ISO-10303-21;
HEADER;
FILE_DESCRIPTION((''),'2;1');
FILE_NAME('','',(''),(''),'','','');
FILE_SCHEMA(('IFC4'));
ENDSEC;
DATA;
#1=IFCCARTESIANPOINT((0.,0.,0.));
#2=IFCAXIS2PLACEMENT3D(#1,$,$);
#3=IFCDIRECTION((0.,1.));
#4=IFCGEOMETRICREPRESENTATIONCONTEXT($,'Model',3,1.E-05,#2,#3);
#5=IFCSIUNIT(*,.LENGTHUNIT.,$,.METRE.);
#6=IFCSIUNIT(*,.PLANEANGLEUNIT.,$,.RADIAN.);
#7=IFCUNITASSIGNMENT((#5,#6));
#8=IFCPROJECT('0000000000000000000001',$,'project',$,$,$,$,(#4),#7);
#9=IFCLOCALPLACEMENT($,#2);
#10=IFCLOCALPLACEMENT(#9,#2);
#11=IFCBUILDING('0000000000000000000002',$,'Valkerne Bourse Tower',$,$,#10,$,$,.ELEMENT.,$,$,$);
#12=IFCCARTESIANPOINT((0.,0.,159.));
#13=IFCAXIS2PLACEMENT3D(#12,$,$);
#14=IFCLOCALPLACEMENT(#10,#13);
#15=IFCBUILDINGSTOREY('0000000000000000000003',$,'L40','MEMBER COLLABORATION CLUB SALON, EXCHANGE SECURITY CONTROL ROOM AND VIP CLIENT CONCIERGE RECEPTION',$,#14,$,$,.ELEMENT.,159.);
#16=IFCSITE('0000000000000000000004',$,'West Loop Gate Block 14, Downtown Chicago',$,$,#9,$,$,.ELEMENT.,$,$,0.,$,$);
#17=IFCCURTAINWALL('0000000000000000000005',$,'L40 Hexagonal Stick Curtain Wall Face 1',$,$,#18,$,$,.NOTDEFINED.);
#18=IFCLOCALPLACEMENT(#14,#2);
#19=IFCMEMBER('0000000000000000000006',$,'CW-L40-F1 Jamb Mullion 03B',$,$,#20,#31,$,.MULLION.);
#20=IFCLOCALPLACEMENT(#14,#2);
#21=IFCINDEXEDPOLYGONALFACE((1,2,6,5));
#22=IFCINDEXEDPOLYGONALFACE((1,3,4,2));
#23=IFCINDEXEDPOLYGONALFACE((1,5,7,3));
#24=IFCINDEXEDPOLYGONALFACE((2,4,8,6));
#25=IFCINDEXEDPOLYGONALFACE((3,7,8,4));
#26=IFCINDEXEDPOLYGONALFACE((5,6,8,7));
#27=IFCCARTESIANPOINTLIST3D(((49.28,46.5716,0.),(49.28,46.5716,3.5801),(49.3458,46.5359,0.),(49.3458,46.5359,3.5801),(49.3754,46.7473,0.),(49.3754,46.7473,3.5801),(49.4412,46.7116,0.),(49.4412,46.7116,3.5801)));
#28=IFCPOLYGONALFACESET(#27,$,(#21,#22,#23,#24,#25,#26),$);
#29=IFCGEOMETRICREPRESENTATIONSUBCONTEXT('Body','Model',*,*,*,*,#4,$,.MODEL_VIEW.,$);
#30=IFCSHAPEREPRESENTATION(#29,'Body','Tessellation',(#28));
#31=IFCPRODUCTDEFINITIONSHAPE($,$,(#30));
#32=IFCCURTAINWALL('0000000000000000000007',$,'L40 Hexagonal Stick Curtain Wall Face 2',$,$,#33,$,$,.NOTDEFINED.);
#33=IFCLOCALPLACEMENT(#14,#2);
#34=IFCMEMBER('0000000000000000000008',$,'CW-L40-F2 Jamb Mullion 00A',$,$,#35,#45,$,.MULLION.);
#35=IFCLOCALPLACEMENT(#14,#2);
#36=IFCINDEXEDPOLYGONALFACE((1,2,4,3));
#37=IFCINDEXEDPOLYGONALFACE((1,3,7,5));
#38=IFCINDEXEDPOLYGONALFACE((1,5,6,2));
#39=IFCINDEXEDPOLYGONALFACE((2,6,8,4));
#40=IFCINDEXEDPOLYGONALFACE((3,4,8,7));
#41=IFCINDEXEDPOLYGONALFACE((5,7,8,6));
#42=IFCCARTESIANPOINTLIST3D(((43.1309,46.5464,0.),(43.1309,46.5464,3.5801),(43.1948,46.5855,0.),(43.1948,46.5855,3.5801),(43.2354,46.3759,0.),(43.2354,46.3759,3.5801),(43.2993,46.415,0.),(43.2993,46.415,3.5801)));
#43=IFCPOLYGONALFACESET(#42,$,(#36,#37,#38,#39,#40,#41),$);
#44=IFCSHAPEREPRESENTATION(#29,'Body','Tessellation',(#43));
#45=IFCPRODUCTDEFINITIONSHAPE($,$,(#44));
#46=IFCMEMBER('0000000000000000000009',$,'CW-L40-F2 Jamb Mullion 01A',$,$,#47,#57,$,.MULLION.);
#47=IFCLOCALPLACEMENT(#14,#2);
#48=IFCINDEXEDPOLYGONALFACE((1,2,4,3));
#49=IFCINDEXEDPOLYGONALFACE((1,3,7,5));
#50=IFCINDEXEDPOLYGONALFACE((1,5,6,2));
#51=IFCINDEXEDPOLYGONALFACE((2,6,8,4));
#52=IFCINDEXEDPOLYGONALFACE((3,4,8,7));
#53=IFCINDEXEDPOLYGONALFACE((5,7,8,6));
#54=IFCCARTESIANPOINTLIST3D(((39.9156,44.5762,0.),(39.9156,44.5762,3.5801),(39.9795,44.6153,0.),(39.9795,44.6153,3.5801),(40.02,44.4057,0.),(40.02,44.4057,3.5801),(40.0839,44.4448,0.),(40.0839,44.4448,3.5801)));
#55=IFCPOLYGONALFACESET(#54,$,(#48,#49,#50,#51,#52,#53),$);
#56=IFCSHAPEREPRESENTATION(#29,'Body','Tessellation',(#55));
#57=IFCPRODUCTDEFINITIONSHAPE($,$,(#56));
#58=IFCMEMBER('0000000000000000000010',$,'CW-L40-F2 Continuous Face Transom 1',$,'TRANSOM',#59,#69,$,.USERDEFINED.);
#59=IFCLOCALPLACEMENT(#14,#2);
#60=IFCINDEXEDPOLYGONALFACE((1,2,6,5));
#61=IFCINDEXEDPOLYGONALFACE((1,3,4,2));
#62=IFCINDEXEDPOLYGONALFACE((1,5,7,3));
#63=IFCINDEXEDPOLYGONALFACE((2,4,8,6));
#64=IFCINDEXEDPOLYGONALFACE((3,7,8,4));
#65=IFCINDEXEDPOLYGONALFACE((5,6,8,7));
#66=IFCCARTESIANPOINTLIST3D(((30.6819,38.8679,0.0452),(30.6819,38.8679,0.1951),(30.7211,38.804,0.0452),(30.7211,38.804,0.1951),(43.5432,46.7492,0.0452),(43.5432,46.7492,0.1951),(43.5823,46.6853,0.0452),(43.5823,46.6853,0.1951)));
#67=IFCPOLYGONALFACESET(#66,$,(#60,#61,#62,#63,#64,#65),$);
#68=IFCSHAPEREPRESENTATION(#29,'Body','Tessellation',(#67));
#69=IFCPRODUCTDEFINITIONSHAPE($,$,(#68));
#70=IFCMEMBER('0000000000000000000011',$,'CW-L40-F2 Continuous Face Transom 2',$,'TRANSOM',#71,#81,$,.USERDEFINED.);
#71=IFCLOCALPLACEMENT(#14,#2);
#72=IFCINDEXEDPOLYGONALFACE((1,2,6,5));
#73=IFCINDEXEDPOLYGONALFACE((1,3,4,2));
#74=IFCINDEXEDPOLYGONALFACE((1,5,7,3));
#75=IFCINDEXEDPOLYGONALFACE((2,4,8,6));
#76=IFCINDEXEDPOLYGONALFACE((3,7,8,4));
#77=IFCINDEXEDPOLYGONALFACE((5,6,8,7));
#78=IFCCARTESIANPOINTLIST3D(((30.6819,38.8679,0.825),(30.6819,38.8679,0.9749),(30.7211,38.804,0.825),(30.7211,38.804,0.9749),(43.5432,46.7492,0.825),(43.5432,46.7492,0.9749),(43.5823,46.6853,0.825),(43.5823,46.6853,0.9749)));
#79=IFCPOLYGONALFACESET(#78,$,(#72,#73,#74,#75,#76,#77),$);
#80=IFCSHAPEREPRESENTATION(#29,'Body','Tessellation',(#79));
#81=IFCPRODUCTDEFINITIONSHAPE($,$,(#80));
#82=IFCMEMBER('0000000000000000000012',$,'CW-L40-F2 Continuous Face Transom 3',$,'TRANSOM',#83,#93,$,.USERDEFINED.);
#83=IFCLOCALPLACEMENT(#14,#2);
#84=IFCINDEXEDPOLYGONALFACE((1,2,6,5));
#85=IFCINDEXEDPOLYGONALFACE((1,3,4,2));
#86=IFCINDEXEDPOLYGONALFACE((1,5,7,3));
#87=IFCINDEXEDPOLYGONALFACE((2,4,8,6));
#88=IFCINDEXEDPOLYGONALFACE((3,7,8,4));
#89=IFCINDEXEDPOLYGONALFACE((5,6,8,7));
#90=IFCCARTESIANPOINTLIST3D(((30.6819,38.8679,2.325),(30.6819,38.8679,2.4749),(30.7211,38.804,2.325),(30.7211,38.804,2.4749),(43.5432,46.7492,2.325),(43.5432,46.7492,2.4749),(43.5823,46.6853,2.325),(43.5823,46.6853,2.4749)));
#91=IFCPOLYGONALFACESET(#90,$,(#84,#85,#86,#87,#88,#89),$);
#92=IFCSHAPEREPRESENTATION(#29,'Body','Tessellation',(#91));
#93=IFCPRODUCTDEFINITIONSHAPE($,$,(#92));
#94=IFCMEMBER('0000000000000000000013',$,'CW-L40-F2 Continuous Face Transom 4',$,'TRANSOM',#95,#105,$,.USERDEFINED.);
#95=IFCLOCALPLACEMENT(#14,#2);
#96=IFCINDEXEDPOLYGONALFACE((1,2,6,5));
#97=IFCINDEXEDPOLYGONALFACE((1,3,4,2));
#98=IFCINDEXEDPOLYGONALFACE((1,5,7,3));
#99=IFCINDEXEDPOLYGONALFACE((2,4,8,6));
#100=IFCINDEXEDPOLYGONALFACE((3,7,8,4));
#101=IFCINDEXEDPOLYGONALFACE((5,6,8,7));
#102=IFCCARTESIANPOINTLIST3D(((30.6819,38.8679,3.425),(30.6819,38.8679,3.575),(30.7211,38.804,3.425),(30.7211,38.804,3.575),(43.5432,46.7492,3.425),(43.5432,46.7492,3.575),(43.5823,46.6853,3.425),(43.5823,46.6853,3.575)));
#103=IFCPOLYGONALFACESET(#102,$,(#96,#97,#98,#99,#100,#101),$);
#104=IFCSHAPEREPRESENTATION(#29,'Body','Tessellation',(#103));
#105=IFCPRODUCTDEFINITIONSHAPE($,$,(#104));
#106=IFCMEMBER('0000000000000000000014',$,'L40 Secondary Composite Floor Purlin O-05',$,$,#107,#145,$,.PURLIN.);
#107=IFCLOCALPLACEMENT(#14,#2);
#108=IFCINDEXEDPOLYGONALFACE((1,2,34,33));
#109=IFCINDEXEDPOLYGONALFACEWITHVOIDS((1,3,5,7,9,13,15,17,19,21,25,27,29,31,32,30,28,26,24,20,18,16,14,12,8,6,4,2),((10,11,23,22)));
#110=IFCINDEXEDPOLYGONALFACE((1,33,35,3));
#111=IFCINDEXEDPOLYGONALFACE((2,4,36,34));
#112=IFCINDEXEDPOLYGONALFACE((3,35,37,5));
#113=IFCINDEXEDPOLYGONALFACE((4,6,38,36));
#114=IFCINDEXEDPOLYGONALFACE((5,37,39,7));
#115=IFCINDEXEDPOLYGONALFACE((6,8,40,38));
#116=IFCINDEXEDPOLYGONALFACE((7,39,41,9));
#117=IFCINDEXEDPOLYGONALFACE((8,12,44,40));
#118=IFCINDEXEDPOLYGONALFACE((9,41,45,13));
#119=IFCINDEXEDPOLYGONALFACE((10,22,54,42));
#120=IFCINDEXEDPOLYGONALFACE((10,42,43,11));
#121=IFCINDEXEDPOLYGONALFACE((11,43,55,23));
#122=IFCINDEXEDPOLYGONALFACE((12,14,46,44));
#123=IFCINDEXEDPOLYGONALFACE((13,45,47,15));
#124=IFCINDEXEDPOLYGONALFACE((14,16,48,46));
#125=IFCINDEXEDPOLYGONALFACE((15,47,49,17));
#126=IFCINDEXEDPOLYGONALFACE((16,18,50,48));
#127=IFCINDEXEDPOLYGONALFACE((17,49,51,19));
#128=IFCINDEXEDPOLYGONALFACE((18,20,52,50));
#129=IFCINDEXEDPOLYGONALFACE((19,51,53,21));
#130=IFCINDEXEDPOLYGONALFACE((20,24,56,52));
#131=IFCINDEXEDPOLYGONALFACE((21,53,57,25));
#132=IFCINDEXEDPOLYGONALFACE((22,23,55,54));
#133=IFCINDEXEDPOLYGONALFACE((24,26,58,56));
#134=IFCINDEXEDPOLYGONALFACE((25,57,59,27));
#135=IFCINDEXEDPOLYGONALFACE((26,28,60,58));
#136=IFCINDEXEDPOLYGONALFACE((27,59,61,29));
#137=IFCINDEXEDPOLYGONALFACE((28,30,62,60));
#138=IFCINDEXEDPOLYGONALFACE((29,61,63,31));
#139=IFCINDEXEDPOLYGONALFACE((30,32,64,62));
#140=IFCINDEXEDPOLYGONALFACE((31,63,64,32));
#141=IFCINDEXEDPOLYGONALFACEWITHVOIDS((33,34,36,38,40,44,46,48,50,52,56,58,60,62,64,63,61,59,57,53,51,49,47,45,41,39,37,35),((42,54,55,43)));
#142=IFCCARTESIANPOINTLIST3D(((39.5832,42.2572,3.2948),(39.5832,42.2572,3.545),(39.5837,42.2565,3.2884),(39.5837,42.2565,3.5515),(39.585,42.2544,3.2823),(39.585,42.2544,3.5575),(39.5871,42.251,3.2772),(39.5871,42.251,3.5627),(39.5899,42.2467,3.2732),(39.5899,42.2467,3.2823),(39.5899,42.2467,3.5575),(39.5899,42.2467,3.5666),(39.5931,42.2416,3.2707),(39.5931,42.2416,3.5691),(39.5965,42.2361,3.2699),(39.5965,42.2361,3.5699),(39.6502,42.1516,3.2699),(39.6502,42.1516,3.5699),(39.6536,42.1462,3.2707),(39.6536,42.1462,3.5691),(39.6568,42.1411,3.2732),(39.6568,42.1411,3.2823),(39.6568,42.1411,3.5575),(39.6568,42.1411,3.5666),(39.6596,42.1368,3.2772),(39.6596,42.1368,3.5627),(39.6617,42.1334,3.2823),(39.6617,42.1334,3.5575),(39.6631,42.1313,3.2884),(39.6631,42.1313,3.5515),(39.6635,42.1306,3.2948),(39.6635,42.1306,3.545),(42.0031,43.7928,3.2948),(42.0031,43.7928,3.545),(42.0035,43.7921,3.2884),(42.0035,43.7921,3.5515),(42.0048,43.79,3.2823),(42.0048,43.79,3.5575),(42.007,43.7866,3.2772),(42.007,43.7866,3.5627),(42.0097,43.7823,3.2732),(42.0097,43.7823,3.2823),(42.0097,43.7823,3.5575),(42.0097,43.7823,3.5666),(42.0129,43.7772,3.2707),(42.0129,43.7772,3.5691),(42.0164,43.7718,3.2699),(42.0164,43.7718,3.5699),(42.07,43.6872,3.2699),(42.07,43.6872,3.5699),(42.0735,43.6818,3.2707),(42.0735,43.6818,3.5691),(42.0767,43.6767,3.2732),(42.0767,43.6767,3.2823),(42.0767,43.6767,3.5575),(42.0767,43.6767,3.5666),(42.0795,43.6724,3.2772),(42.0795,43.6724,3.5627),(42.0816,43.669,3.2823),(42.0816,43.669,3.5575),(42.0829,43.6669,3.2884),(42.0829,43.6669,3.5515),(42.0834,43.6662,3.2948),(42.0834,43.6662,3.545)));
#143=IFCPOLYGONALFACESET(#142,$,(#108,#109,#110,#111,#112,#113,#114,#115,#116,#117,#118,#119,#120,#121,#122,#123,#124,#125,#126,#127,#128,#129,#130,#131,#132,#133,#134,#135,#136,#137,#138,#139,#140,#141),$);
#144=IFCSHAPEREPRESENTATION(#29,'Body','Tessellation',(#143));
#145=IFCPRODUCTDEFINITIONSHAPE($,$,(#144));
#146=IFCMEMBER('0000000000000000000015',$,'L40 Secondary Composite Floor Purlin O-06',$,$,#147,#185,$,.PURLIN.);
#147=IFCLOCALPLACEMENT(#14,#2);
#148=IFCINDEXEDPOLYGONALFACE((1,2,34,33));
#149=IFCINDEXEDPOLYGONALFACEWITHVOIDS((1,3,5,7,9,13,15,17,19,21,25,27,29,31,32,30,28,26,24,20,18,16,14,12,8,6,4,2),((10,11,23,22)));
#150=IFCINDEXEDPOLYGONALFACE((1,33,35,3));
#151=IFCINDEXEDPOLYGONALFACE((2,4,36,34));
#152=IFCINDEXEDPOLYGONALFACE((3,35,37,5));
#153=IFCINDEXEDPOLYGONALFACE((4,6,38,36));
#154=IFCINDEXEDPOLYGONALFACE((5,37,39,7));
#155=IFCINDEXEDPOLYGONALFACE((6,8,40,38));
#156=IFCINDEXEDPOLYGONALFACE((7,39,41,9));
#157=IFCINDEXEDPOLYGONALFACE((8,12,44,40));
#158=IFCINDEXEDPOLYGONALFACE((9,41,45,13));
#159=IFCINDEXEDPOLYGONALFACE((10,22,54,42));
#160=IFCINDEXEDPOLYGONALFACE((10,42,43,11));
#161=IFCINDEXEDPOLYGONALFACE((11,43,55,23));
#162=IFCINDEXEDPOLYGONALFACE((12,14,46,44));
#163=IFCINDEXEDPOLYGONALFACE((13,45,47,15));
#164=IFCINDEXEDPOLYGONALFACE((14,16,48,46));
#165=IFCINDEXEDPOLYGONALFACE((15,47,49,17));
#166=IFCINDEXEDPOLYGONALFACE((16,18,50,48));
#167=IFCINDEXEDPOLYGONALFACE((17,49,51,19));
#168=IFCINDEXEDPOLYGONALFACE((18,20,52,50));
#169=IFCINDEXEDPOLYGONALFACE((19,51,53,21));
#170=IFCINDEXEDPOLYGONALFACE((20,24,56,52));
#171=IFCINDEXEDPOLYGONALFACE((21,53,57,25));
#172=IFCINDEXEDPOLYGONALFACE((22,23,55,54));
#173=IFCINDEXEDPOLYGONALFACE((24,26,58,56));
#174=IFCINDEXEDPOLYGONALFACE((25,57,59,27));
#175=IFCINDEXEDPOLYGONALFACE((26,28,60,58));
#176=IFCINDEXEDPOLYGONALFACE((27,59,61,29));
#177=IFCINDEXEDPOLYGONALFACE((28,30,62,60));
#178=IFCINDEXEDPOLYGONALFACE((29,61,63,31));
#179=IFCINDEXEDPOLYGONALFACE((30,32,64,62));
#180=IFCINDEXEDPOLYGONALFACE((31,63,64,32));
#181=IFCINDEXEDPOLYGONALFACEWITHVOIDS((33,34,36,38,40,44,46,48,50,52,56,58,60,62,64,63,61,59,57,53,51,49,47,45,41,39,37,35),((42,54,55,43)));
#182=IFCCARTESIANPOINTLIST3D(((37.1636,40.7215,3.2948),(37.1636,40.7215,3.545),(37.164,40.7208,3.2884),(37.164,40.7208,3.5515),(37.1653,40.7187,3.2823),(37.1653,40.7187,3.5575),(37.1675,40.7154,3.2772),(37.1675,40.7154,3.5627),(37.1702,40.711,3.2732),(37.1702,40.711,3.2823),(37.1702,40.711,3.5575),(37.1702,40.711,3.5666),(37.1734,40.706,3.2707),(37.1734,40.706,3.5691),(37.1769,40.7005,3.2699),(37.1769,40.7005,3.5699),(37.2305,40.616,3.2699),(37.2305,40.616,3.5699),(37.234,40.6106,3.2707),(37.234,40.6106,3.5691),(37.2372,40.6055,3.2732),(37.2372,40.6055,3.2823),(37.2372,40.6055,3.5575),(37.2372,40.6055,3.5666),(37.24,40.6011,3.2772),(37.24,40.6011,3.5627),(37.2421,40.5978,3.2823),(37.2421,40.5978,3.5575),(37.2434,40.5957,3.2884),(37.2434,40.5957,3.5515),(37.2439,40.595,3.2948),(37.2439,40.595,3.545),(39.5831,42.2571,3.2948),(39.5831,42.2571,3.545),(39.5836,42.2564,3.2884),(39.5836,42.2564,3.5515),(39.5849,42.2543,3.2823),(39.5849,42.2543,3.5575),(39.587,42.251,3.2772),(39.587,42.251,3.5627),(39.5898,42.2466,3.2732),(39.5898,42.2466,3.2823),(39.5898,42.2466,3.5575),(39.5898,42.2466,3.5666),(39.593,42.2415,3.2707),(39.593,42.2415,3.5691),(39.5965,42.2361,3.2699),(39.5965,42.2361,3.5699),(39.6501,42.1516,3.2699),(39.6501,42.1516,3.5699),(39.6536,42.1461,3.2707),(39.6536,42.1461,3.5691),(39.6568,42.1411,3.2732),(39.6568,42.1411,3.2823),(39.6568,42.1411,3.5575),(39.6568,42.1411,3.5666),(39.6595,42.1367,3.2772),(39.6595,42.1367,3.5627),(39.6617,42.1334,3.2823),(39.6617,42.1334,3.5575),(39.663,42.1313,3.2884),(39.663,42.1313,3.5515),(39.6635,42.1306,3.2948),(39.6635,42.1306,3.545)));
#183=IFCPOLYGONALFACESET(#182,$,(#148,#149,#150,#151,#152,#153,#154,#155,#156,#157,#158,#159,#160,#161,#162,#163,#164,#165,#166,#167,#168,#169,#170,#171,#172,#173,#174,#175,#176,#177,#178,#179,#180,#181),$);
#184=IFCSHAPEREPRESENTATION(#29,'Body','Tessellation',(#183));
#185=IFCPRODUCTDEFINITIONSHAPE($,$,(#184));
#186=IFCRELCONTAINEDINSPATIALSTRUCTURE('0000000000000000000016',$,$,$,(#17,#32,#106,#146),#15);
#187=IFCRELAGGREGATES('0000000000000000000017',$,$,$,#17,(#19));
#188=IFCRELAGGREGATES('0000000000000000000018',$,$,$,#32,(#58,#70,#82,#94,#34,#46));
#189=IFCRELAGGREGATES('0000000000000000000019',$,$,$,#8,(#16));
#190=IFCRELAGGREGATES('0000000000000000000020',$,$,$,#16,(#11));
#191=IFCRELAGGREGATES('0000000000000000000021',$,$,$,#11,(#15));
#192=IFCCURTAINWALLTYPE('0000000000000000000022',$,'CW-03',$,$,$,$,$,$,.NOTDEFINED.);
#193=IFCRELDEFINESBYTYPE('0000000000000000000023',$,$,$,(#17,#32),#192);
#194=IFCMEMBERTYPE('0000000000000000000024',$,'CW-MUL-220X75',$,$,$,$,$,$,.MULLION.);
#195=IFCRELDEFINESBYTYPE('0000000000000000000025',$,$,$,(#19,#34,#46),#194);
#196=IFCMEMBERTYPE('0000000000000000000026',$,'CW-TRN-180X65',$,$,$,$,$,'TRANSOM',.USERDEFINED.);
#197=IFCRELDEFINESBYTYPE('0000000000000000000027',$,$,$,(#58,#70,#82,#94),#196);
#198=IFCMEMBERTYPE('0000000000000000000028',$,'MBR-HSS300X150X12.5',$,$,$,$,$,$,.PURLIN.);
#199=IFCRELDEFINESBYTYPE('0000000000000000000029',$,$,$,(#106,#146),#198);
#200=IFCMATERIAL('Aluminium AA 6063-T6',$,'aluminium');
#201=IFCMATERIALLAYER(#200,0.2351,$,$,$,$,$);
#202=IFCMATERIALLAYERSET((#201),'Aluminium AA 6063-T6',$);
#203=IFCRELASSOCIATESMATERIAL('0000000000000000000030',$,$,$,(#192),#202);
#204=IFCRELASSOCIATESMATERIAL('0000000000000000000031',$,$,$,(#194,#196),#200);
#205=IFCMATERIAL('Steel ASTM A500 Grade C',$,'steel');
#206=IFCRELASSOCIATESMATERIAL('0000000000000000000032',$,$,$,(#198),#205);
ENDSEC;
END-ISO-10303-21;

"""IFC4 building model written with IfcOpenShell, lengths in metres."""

from ifc_helpers import new_model, si_unit, direction, frame, origin, origin_2d, place, context, subcontext, project, spatial, rectangle, hollow_rectangle, extrude, material, layer, layer_set, material_profile, profile_set, type_object, element, aggregate, save


model = new_model("IFC4")

# Units and contexts
model_context = context("Model", 3, precision=1e-05, world=origin(), true_north=direction((0.0, 1.0)))
body_context = subcontext(model_context, "Body", "Model", "MODEL_VIEW")
ifc_project = project(units=[si_unit("LENGTHUNIT", "METRE"), si_unit("PLANEANGLEUNIT", "RADIAN")], contexts=[model_context])

# Site, building, storey
site_placement = place(None, origin())
site = spatial("IfcSite", under=ifc_project, at=site_placement, Name="West Loop Gate Block 14, Downtown Chicago", CompositionType="ELEMENT", RefElevation=0.0)
building_placement = place(site_placement, origin())
building = spatial("IfcBuilding", under=site, at=building_placement, Name="Valkerne Bourse Tower", CompositionType="ELEMENT")
storey_placement = place(building_placement, frame((0.0, 0.0, 159.0)))
storey = spatial("IfcBuildingStorey", under=building, at=storey_placement, Name="L40", Description="MEMBER COLLABORATION CLUB SALON, EXCHANGE SECURITY CONTROL ROOM AND VIP CLIENT CONCIERGE RECEPTION", CompositionType="ELEMENT", Elevation=159.0)

# Curtain wall, member
ifc_material_1 = material(Name="Aluminium AA 6063-T6", Category="aluminium")
ifc_layer_1 = layer(ifc_material_1, 0.2351)
ifc_layer_set_1 = layer_set([ifc_layer_1], Name="Aluminium AA 6063-T6")
curtain_wall_type = type_object("IfcCurtainWallType", Name="CW-03", PredefinedType="NOTDEFINED", material=ifc_layer_set_1)
curtain_wall_1_placement = place(storey_placement, origin())
curtain_wall_1 = element("IfcCurtainWall", 1, at=curtain_wall_1_placement, inside=storey, type_object=curtain_wall_type, Name="L40 Hexagonal Stick Curtain Wall Face 1", PredefinedType="NOTDEFINED")
ifc_material_profile_1 = material_profile(ifc_material_1, rectangle(XDim=0.075, YDim=0.2, at=origin_2d()), Name="CWM-75X200")
ifc_profile_set_1 = profile_set([ifc_material_profile_1], Name="Aluminium AA 6063-T6")
member_type_1 = type_object("IfcMemberType", Name="CW-MUL-220X75", PredefinedType="MULLION", material=ifc_profile_set_1)
member_1_placement = place(storey_placement, frame((49.3606, 46.6416, 0.0), z_axis=(0.0, 0.0, 1.0), x_axis=(-0.878812, 0.477168, 0.0)))
member_1 = element("IfcMember", 2, at=member_1_placement, type_object=member_type_1, Name="CW-L40-F1 Jamb Mullion 03B", PredefinedType="MULLION", context=body_context, shape_type="SweptSolid", body=[
    extrude(rectangle(XDim=0.075, YDim=0.2, at=origin_2d()), origin(), (0.0, 0.0, 1.0), 3.5801),
])

# Curtain wall, members
curtain_wall_2_placement = place(storey_placement, origin())
curtain_wall_2 = element("IfcCurtainWall", 3, at=curtain_wall_2_placement, inside=storey, type_object=curtain_wall_type, Name="L40 Hexagonal Stick Curtain Wall Face 2", PredefinedType="NOTDEFINED")
member_2_placement = place(storey_placement, frame((43.2151, 46.4807, 0.0), z_axis=(0.0, 0.0, 1.0), x_axis=(-0.852645, -0.522491, 0.0)))
member_2 = element("IfcMember", 4, at=member_2_placement, type_object=member_type_1, Name="CW-L40-F2 Jamb Mullion 00A", PredefinedType="MULLION", context=body_context, shape_type="SweptSolid", body=[
    extrude(rectangle(XDim=0.075, YDim=0.2, at=origin_2d()), origin(), (0.0, 0.0, 1.0), 3.5801),
])
member_3_placement = place(storey_placement, frame((39.9998, 44.5105, 0.0), z_axis=(0.0, 0.0, 1.0), x_axis=(-0.852633, -0.52251, 0.0)))
member_3 = element("IfcMember", 5, at=member_3_placement, type_object=member_type_1, Name="CW-L40-F2 Jamb Mullion 01A", PredefinedType="MULLION", context=body_context, shape_type="SweptSolid", body=[
    extrude(rectangle(XDim=0.075, YDim=0.2, at=origin_2d()), origin(), (0.0, 0.0, 1.0), 3.5801),
])
ifc_material_profile_2 = material_profile(ifc_material_1, rectangle(XDim=0.075, YDim=0.1499, at=origin_2d()), Name="CWT-75X150")
ifc_profile_set_2 = profile_set([ifc_material_profile_2], Name="Aluminium AA 6063-T6")
member_type_2 = type_object("IfcMemberType", Name="CW-TRN-180X65", ElementType="TRANSOM", PredefinedType="USERDEFINED", material=ifc_profile_set_2)
member_4_placement = place(storey_placement, frame((43.5627, 46.7173, 0.1201), z_axis=(-0.852643, -0.522494, 0.0), x_axis=(0.522494, -0.852643, 0.0)))
member_4 = element("IfcMember", 6, at=member_4_placement, type_object=member_type_2, Name="CW-L40-F2 Continuous Face Transom 1", ObjectType="TRANSOM", PredefinedType="USERDEFINED", context=body_context, shape_type="SweptSolid", body=[
    extrude(rectangle(XDim=0.075, YDim=0.1499, at=origin_2d()), origin(), (0.0, 0.0, 1.0), 15.084),
])
member_5_placement = place(storey_placement, frame((43.5627, 46.7173, 0.8999), z_axis=(-0.852643, -0.522494, 0.0), x_axis=(0.522494, -0.852643, 0.0)))
member_5 = element("IfcMember", 7, at=member_5_placement, type_object=member_type_2, Name="CW-L40-F2 Continuous Face Transom 2", ObjectType="TRANSOM", PredefinedType="USERDEFINED", context=body_context, shape_type="SweptSolid", body=[
    extrude(rectangle(XDim=0.075, YDim=0.1499, at=origin_2d()), origin(), (0.0, 0.0, 1.0), 15.084),
])
member_6_placement = place(storey_placement, frame((43.5627, 46.7173, 2.3999), z_axis=(-0.852643, -0.522494, 0.0), x_axis=(0.522494, -0.852643, 0.0)))
member_6 = element("IfcMember", 8, at=member_6_placement, type_object=member_type_2, Name="CW-L40-F2 Continuous Face Transom 3", ObjectType="TRANSOM", PredefinedType="USERDEFINED", context=body_context, shape_type="SweptSolid", body=[
    extrude(rectangle(XDim=0.075, YDim=0.1499, at=origin_2d()), origin(), (0.0, 0.0, 1.0), 15.084),
])
member_7_placement = place(storey_placement, frame((43.5627, 46.7173, 3.5), z_axis=(-0.852643, -0.522494, 0.0), x_axis=(0.522494, -0.852643, 0.0)))
member_7 = element("IfcMember", 9, at=member_7_placement, type_object=member_type_2, Name="CW-L40-F2 Continuous Face Transom 4", ObjectType="TRANSOM", PredefinedType="USERDEFINED", context=body_context, shape_type="SweptSolid", body=[
    extrude(rectangle(XDim=0.075, YDim=0.1499, at=origin_2d()), origin(), (0.0, 0.0, 1.0), 15.084),
])

# Members
ifc_material_2 = material(Name="Steel ASTM A500 Grade C", Category="steel")
ifc_material_profile_3 = material_profile(ifc_material_2, hollow_rectangle(XDim=0.1499, YDim=0.3, WallThickness=0.0125, OuterFilletRadius=0.0249, at=origin_2d()), Name="HSS300X150X12.5")
ifc_profile_set_3 = profile_set([ifc_material_profile_3], Name="Steel ASTM A500 Grade C")
member_type_3 = type_object("IfcMemberType", Name="MBR-HSS300X150X12.5", PredefinedType="PURLIN", material=ifc_profile_set_3)
member_8_placement = place(storey_placement, frame((42.0432, 43.7295, 3.4199), z_axis=(-0.844341, -0.535806, 0.0), x_axis=(0.535806, -0.844341, 0.0)))
element("IfcMember", 10, at=member_8_placement, inside=storey, type_object=member_type_3, Name="L40 Secondary Composite Floor Purlin O-05", PredefinedType="PURLIN", context=body_context, shape_type="SweptSolid", body=[
    extrude(hollow_rectangle(XDim=0.1499, YDim=0.3, WallThickness=0.0125, OuterFilletRadius=0.0249, at=origin_2d()), origin(), (0.0, 0.0, 1.0), 2.866),
])
member_9_placement = place(storey_placement, frame((39.6233, 42.1938, 3.4199), z_axis=(-0.844317, -0.535844, 0.0), x_axis=(0.535844, -0.844317, 0.0)))
element("IfcMember", 11, at=member_9_placement, inside=storey, type_object=member_type_3, Name="L40 Secondary Composite Floor Purlin O-06", PredefinedType="PURLIN", context=body_context, shape_type="SweptSolid", body=[
    extrude(hollow_rectangle(XDim=0.1499, YDim=0.3, WallThickness=0.0125, OuterFilletRadius=0.0249, at=origin_2d()), origin(), (0.0, 0.0, 1.0), 2.8657),
])

aggregate(curtain_wall_1, [member_1])
aggregate(curtain_wall_2, [member_4, member_5, member_6, member_7, member_2, member_3])

save(model, "model.ifc")
